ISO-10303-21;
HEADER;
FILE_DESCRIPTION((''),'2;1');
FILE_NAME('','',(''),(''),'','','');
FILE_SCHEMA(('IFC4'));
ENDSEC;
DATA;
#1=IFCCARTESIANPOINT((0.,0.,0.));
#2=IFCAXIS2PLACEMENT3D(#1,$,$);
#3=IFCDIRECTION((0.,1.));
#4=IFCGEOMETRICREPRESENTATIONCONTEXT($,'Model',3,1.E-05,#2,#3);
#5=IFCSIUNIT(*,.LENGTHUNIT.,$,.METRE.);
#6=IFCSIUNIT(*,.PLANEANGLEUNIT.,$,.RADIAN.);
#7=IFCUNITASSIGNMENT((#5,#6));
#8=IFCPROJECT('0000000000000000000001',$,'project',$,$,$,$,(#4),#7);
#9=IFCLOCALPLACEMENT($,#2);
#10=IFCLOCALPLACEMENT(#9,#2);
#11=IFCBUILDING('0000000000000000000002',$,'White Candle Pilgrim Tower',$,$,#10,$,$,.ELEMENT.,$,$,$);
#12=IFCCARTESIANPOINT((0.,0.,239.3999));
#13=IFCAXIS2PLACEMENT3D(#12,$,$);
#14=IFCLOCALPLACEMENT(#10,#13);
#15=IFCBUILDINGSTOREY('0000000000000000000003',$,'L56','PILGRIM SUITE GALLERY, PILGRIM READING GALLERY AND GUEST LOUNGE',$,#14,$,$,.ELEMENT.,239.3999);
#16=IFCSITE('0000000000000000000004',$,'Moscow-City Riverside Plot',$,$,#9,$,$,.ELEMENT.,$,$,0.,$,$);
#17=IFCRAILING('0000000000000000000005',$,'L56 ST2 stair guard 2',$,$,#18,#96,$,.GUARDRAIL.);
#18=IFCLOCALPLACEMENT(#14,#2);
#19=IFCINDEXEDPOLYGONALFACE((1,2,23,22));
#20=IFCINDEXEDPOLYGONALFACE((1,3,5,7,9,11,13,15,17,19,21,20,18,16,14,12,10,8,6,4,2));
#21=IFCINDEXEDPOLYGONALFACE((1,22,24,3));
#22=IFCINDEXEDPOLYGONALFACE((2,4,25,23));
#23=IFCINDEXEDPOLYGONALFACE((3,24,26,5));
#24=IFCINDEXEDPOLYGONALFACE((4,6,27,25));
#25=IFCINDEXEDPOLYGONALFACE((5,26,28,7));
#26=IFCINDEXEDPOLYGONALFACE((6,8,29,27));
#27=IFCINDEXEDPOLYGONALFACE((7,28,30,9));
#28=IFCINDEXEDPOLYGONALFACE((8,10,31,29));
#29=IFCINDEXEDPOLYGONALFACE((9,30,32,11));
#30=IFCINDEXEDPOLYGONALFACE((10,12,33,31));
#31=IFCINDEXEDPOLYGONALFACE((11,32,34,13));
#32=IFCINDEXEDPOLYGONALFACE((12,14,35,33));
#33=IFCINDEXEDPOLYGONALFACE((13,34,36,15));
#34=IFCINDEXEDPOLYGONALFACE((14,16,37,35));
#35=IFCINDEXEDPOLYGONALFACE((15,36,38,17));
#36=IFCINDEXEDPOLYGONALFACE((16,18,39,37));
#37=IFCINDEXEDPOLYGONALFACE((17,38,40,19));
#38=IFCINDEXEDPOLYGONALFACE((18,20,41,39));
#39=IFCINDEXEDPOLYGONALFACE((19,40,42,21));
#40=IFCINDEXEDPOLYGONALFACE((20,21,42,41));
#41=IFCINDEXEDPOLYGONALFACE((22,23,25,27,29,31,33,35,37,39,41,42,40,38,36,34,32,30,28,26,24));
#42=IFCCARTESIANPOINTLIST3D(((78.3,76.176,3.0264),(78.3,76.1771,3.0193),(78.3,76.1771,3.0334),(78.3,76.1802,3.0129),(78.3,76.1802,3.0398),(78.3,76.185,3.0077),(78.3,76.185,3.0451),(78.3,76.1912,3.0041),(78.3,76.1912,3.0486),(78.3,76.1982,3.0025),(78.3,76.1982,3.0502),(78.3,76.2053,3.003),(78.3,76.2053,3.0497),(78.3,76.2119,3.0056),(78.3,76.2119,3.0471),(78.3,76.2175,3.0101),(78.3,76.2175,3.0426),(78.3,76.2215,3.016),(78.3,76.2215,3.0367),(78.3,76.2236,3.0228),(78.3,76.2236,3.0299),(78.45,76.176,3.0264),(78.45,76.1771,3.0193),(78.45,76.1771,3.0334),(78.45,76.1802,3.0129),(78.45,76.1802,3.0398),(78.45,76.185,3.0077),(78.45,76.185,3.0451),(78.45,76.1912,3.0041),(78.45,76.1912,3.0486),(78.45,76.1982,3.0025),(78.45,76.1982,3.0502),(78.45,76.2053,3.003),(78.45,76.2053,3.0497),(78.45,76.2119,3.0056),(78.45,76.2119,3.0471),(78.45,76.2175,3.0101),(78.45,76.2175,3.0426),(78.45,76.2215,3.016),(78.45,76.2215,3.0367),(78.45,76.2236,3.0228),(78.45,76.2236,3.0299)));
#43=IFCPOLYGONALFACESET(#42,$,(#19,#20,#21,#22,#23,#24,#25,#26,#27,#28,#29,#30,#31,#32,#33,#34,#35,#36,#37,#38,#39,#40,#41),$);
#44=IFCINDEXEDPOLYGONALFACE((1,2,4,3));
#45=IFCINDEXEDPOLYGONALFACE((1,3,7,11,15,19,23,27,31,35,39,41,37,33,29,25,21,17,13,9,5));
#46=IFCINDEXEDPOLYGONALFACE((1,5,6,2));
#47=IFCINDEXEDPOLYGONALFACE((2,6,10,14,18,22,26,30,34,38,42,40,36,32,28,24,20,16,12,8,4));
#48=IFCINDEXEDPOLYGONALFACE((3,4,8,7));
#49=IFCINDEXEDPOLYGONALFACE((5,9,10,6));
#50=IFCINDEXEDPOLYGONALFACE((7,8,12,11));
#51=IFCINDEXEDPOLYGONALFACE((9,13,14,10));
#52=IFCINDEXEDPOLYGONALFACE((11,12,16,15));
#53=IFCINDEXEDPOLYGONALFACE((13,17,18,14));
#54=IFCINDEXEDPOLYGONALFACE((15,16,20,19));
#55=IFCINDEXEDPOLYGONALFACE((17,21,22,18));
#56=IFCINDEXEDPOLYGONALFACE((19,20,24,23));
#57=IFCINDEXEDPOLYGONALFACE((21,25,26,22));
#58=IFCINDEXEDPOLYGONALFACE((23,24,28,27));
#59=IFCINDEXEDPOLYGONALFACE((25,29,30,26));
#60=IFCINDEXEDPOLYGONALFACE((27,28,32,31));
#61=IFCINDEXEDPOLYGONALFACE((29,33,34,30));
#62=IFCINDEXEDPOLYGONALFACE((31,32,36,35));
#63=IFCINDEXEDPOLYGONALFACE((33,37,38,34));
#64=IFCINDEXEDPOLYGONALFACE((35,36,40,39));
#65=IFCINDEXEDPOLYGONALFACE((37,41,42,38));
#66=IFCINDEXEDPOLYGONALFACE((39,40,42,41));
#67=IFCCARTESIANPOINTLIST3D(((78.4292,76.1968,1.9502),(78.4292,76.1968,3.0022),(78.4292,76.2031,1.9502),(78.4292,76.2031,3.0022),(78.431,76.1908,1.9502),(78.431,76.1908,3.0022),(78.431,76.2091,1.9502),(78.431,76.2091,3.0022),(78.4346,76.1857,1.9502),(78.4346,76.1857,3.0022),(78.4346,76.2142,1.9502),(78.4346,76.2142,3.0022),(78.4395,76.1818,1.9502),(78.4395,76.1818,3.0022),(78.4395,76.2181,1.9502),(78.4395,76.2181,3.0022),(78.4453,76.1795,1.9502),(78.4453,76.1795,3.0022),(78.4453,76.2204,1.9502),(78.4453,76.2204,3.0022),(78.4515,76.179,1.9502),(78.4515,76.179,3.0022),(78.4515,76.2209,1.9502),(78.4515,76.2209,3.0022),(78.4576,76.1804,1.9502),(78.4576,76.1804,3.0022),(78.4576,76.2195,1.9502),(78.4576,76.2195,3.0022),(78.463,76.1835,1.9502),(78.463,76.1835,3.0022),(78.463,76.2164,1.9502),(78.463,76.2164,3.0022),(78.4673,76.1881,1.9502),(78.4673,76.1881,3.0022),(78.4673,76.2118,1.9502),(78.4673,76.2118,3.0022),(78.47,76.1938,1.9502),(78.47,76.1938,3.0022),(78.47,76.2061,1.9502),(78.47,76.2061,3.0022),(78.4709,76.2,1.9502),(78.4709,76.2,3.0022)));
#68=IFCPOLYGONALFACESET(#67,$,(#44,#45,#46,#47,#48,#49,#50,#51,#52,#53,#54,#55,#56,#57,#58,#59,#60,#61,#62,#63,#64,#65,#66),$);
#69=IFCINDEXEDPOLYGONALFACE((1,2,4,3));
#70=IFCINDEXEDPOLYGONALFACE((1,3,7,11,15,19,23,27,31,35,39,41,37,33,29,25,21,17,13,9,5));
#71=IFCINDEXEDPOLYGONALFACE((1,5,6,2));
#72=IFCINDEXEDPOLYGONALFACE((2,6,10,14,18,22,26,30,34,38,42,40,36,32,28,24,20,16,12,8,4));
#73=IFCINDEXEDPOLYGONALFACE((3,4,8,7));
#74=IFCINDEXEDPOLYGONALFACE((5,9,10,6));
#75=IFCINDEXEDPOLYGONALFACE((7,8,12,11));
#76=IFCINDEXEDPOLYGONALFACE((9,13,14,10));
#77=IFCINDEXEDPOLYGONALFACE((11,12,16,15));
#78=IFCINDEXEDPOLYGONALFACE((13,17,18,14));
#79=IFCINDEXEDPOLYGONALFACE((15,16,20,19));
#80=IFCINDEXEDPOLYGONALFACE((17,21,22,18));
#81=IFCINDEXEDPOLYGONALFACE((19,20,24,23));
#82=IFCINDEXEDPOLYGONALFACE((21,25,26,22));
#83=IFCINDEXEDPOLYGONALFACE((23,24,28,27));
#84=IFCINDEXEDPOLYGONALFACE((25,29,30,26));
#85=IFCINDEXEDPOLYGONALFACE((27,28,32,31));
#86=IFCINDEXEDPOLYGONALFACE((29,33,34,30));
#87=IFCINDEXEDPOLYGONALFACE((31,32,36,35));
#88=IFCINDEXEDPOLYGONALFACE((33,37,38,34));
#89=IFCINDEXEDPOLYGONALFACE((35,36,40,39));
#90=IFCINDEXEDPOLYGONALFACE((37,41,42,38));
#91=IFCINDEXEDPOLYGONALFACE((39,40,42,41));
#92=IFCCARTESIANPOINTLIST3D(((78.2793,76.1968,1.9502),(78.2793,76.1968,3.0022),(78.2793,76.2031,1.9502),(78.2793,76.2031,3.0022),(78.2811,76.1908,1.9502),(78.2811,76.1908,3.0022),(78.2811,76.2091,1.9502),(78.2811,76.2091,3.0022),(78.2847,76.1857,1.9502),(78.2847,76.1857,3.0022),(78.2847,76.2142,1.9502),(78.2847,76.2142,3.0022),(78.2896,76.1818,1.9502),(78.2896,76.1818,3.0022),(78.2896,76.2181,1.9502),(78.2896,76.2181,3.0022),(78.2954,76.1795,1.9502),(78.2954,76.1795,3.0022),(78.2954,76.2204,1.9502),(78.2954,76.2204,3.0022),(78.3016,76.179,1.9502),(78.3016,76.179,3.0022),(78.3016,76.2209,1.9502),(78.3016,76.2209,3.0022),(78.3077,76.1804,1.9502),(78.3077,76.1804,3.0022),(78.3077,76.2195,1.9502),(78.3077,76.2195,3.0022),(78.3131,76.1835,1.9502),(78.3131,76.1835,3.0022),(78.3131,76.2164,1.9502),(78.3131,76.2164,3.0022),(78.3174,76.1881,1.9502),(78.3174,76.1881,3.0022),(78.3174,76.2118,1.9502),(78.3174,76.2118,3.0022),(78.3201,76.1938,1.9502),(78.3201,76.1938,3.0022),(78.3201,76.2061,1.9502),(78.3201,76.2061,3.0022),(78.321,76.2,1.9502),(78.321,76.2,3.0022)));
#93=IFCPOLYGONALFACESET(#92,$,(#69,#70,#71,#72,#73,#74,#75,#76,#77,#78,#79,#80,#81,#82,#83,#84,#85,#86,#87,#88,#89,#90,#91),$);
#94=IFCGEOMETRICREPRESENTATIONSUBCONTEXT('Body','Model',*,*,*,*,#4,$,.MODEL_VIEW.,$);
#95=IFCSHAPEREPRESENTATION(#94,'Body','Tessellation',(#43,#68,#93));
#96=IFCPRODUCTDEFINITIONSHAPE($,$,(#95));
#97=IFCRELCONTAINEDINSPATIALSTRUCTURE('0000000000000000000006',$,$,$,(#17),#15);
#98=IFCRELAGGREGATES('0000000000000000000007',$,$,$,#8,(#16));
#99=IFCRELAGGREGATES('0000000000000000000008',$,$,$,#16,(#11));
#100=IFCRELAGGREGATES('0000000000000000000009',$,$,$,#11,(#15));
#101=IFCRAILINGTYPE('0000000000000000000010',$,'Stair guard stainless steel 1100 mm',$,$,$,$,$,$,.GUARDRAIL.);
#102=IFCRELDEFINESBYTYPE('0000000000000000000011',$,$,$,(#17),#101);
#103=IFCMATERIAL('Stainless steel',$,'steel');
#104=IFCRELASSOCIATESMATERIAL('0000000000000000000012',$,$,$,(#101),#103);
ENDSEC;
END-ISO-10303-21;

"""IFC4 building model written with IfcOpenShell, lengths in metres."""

from ifc_helpers import new_model, si_unit, direction, frame, origin, origin_2d, place, context, subcontext, project, spatial, circle, extrude, material, type_object, element, save


model = new_model("IFC4")

# Units and contexts
model_context = context("Model", 3, precision=1e-05, world=origin(), true_north=direction((0.0, 1.0)))
body_context = subcontext(model_context, "Body", "Model", "MODEL_VIEW")
ifc_project = project(units=[si_unit("LENGTHUNIT", "METRE"), si_unit("PLANEANGLEUNIT", "RADIAN")], contexts=[model_context])

# Site, building, storey
site_placement = place(None, origin())
site = spatial("IfcSite", under=ifc_project, at=site_placement, Name="Moscow-City Riverside Plot", CompositionType="ELEMENT", RefElevation=0.0)
building_placement = place(site_placement, origin())
building = spatial("IfcBuilding", under=site, at=building_placement, Name="White Candle Pilgrim Tower", CompositionType="ELEMENT")
storey_placement = place(building_placement, frame((0.0, 0.0, 239.3999)))
storey = spatial("IfcBuildingStorey", under=building, at=storey_placement, Name="L56", Description="PILGRIM SUITE GALLERY, PILGRIM READING GALLERY AND GUEST LOUNGE", CompositionType="ELEMENT", Elevation=239.3999)

# Railing
ifc_material_1 = material(Name="Stainless steel", Category="steel")
railing_type_1 = type_object("IfcRailingType", Name="Stair guard stainless steel 1100 mm", PredefinedType="GUARDRAIL", material=ifc_material_1)
railing_1_placement = place(storey_placement, frame((78.45, 76.2, 1.9502)))
element("IfcRailing", 1, at=railing_1_placement, inside=storey, type_object=railing_type_1, Name="L56 ST2 stair guard 2", PredefinedType="GUARDRAIL", context=body_context, shape_type="SweptSolid", body=[
    extrude(circle(Radius=0.0239, at=origin_2d()), frame((0.0, 0.0, 1.0762), z_axis=(-1.0, 0.0, 0.0), x_axis=(0.0, -1.0, 0.0)), (0.0, 0.0, 1.0), 0.1499),
    extrude(circle(Radius=0.021, at=origin_2d()), origin(), (0.0, 0.0, 1.0), 1.052),
    extrude(circle(Radius=0.021, at=origin_2d()), frame((-0.1499, 0.0, 0.0)), (0.0, 0.0, 1.0), 1.052),
])

save(model, "model.ifc")
